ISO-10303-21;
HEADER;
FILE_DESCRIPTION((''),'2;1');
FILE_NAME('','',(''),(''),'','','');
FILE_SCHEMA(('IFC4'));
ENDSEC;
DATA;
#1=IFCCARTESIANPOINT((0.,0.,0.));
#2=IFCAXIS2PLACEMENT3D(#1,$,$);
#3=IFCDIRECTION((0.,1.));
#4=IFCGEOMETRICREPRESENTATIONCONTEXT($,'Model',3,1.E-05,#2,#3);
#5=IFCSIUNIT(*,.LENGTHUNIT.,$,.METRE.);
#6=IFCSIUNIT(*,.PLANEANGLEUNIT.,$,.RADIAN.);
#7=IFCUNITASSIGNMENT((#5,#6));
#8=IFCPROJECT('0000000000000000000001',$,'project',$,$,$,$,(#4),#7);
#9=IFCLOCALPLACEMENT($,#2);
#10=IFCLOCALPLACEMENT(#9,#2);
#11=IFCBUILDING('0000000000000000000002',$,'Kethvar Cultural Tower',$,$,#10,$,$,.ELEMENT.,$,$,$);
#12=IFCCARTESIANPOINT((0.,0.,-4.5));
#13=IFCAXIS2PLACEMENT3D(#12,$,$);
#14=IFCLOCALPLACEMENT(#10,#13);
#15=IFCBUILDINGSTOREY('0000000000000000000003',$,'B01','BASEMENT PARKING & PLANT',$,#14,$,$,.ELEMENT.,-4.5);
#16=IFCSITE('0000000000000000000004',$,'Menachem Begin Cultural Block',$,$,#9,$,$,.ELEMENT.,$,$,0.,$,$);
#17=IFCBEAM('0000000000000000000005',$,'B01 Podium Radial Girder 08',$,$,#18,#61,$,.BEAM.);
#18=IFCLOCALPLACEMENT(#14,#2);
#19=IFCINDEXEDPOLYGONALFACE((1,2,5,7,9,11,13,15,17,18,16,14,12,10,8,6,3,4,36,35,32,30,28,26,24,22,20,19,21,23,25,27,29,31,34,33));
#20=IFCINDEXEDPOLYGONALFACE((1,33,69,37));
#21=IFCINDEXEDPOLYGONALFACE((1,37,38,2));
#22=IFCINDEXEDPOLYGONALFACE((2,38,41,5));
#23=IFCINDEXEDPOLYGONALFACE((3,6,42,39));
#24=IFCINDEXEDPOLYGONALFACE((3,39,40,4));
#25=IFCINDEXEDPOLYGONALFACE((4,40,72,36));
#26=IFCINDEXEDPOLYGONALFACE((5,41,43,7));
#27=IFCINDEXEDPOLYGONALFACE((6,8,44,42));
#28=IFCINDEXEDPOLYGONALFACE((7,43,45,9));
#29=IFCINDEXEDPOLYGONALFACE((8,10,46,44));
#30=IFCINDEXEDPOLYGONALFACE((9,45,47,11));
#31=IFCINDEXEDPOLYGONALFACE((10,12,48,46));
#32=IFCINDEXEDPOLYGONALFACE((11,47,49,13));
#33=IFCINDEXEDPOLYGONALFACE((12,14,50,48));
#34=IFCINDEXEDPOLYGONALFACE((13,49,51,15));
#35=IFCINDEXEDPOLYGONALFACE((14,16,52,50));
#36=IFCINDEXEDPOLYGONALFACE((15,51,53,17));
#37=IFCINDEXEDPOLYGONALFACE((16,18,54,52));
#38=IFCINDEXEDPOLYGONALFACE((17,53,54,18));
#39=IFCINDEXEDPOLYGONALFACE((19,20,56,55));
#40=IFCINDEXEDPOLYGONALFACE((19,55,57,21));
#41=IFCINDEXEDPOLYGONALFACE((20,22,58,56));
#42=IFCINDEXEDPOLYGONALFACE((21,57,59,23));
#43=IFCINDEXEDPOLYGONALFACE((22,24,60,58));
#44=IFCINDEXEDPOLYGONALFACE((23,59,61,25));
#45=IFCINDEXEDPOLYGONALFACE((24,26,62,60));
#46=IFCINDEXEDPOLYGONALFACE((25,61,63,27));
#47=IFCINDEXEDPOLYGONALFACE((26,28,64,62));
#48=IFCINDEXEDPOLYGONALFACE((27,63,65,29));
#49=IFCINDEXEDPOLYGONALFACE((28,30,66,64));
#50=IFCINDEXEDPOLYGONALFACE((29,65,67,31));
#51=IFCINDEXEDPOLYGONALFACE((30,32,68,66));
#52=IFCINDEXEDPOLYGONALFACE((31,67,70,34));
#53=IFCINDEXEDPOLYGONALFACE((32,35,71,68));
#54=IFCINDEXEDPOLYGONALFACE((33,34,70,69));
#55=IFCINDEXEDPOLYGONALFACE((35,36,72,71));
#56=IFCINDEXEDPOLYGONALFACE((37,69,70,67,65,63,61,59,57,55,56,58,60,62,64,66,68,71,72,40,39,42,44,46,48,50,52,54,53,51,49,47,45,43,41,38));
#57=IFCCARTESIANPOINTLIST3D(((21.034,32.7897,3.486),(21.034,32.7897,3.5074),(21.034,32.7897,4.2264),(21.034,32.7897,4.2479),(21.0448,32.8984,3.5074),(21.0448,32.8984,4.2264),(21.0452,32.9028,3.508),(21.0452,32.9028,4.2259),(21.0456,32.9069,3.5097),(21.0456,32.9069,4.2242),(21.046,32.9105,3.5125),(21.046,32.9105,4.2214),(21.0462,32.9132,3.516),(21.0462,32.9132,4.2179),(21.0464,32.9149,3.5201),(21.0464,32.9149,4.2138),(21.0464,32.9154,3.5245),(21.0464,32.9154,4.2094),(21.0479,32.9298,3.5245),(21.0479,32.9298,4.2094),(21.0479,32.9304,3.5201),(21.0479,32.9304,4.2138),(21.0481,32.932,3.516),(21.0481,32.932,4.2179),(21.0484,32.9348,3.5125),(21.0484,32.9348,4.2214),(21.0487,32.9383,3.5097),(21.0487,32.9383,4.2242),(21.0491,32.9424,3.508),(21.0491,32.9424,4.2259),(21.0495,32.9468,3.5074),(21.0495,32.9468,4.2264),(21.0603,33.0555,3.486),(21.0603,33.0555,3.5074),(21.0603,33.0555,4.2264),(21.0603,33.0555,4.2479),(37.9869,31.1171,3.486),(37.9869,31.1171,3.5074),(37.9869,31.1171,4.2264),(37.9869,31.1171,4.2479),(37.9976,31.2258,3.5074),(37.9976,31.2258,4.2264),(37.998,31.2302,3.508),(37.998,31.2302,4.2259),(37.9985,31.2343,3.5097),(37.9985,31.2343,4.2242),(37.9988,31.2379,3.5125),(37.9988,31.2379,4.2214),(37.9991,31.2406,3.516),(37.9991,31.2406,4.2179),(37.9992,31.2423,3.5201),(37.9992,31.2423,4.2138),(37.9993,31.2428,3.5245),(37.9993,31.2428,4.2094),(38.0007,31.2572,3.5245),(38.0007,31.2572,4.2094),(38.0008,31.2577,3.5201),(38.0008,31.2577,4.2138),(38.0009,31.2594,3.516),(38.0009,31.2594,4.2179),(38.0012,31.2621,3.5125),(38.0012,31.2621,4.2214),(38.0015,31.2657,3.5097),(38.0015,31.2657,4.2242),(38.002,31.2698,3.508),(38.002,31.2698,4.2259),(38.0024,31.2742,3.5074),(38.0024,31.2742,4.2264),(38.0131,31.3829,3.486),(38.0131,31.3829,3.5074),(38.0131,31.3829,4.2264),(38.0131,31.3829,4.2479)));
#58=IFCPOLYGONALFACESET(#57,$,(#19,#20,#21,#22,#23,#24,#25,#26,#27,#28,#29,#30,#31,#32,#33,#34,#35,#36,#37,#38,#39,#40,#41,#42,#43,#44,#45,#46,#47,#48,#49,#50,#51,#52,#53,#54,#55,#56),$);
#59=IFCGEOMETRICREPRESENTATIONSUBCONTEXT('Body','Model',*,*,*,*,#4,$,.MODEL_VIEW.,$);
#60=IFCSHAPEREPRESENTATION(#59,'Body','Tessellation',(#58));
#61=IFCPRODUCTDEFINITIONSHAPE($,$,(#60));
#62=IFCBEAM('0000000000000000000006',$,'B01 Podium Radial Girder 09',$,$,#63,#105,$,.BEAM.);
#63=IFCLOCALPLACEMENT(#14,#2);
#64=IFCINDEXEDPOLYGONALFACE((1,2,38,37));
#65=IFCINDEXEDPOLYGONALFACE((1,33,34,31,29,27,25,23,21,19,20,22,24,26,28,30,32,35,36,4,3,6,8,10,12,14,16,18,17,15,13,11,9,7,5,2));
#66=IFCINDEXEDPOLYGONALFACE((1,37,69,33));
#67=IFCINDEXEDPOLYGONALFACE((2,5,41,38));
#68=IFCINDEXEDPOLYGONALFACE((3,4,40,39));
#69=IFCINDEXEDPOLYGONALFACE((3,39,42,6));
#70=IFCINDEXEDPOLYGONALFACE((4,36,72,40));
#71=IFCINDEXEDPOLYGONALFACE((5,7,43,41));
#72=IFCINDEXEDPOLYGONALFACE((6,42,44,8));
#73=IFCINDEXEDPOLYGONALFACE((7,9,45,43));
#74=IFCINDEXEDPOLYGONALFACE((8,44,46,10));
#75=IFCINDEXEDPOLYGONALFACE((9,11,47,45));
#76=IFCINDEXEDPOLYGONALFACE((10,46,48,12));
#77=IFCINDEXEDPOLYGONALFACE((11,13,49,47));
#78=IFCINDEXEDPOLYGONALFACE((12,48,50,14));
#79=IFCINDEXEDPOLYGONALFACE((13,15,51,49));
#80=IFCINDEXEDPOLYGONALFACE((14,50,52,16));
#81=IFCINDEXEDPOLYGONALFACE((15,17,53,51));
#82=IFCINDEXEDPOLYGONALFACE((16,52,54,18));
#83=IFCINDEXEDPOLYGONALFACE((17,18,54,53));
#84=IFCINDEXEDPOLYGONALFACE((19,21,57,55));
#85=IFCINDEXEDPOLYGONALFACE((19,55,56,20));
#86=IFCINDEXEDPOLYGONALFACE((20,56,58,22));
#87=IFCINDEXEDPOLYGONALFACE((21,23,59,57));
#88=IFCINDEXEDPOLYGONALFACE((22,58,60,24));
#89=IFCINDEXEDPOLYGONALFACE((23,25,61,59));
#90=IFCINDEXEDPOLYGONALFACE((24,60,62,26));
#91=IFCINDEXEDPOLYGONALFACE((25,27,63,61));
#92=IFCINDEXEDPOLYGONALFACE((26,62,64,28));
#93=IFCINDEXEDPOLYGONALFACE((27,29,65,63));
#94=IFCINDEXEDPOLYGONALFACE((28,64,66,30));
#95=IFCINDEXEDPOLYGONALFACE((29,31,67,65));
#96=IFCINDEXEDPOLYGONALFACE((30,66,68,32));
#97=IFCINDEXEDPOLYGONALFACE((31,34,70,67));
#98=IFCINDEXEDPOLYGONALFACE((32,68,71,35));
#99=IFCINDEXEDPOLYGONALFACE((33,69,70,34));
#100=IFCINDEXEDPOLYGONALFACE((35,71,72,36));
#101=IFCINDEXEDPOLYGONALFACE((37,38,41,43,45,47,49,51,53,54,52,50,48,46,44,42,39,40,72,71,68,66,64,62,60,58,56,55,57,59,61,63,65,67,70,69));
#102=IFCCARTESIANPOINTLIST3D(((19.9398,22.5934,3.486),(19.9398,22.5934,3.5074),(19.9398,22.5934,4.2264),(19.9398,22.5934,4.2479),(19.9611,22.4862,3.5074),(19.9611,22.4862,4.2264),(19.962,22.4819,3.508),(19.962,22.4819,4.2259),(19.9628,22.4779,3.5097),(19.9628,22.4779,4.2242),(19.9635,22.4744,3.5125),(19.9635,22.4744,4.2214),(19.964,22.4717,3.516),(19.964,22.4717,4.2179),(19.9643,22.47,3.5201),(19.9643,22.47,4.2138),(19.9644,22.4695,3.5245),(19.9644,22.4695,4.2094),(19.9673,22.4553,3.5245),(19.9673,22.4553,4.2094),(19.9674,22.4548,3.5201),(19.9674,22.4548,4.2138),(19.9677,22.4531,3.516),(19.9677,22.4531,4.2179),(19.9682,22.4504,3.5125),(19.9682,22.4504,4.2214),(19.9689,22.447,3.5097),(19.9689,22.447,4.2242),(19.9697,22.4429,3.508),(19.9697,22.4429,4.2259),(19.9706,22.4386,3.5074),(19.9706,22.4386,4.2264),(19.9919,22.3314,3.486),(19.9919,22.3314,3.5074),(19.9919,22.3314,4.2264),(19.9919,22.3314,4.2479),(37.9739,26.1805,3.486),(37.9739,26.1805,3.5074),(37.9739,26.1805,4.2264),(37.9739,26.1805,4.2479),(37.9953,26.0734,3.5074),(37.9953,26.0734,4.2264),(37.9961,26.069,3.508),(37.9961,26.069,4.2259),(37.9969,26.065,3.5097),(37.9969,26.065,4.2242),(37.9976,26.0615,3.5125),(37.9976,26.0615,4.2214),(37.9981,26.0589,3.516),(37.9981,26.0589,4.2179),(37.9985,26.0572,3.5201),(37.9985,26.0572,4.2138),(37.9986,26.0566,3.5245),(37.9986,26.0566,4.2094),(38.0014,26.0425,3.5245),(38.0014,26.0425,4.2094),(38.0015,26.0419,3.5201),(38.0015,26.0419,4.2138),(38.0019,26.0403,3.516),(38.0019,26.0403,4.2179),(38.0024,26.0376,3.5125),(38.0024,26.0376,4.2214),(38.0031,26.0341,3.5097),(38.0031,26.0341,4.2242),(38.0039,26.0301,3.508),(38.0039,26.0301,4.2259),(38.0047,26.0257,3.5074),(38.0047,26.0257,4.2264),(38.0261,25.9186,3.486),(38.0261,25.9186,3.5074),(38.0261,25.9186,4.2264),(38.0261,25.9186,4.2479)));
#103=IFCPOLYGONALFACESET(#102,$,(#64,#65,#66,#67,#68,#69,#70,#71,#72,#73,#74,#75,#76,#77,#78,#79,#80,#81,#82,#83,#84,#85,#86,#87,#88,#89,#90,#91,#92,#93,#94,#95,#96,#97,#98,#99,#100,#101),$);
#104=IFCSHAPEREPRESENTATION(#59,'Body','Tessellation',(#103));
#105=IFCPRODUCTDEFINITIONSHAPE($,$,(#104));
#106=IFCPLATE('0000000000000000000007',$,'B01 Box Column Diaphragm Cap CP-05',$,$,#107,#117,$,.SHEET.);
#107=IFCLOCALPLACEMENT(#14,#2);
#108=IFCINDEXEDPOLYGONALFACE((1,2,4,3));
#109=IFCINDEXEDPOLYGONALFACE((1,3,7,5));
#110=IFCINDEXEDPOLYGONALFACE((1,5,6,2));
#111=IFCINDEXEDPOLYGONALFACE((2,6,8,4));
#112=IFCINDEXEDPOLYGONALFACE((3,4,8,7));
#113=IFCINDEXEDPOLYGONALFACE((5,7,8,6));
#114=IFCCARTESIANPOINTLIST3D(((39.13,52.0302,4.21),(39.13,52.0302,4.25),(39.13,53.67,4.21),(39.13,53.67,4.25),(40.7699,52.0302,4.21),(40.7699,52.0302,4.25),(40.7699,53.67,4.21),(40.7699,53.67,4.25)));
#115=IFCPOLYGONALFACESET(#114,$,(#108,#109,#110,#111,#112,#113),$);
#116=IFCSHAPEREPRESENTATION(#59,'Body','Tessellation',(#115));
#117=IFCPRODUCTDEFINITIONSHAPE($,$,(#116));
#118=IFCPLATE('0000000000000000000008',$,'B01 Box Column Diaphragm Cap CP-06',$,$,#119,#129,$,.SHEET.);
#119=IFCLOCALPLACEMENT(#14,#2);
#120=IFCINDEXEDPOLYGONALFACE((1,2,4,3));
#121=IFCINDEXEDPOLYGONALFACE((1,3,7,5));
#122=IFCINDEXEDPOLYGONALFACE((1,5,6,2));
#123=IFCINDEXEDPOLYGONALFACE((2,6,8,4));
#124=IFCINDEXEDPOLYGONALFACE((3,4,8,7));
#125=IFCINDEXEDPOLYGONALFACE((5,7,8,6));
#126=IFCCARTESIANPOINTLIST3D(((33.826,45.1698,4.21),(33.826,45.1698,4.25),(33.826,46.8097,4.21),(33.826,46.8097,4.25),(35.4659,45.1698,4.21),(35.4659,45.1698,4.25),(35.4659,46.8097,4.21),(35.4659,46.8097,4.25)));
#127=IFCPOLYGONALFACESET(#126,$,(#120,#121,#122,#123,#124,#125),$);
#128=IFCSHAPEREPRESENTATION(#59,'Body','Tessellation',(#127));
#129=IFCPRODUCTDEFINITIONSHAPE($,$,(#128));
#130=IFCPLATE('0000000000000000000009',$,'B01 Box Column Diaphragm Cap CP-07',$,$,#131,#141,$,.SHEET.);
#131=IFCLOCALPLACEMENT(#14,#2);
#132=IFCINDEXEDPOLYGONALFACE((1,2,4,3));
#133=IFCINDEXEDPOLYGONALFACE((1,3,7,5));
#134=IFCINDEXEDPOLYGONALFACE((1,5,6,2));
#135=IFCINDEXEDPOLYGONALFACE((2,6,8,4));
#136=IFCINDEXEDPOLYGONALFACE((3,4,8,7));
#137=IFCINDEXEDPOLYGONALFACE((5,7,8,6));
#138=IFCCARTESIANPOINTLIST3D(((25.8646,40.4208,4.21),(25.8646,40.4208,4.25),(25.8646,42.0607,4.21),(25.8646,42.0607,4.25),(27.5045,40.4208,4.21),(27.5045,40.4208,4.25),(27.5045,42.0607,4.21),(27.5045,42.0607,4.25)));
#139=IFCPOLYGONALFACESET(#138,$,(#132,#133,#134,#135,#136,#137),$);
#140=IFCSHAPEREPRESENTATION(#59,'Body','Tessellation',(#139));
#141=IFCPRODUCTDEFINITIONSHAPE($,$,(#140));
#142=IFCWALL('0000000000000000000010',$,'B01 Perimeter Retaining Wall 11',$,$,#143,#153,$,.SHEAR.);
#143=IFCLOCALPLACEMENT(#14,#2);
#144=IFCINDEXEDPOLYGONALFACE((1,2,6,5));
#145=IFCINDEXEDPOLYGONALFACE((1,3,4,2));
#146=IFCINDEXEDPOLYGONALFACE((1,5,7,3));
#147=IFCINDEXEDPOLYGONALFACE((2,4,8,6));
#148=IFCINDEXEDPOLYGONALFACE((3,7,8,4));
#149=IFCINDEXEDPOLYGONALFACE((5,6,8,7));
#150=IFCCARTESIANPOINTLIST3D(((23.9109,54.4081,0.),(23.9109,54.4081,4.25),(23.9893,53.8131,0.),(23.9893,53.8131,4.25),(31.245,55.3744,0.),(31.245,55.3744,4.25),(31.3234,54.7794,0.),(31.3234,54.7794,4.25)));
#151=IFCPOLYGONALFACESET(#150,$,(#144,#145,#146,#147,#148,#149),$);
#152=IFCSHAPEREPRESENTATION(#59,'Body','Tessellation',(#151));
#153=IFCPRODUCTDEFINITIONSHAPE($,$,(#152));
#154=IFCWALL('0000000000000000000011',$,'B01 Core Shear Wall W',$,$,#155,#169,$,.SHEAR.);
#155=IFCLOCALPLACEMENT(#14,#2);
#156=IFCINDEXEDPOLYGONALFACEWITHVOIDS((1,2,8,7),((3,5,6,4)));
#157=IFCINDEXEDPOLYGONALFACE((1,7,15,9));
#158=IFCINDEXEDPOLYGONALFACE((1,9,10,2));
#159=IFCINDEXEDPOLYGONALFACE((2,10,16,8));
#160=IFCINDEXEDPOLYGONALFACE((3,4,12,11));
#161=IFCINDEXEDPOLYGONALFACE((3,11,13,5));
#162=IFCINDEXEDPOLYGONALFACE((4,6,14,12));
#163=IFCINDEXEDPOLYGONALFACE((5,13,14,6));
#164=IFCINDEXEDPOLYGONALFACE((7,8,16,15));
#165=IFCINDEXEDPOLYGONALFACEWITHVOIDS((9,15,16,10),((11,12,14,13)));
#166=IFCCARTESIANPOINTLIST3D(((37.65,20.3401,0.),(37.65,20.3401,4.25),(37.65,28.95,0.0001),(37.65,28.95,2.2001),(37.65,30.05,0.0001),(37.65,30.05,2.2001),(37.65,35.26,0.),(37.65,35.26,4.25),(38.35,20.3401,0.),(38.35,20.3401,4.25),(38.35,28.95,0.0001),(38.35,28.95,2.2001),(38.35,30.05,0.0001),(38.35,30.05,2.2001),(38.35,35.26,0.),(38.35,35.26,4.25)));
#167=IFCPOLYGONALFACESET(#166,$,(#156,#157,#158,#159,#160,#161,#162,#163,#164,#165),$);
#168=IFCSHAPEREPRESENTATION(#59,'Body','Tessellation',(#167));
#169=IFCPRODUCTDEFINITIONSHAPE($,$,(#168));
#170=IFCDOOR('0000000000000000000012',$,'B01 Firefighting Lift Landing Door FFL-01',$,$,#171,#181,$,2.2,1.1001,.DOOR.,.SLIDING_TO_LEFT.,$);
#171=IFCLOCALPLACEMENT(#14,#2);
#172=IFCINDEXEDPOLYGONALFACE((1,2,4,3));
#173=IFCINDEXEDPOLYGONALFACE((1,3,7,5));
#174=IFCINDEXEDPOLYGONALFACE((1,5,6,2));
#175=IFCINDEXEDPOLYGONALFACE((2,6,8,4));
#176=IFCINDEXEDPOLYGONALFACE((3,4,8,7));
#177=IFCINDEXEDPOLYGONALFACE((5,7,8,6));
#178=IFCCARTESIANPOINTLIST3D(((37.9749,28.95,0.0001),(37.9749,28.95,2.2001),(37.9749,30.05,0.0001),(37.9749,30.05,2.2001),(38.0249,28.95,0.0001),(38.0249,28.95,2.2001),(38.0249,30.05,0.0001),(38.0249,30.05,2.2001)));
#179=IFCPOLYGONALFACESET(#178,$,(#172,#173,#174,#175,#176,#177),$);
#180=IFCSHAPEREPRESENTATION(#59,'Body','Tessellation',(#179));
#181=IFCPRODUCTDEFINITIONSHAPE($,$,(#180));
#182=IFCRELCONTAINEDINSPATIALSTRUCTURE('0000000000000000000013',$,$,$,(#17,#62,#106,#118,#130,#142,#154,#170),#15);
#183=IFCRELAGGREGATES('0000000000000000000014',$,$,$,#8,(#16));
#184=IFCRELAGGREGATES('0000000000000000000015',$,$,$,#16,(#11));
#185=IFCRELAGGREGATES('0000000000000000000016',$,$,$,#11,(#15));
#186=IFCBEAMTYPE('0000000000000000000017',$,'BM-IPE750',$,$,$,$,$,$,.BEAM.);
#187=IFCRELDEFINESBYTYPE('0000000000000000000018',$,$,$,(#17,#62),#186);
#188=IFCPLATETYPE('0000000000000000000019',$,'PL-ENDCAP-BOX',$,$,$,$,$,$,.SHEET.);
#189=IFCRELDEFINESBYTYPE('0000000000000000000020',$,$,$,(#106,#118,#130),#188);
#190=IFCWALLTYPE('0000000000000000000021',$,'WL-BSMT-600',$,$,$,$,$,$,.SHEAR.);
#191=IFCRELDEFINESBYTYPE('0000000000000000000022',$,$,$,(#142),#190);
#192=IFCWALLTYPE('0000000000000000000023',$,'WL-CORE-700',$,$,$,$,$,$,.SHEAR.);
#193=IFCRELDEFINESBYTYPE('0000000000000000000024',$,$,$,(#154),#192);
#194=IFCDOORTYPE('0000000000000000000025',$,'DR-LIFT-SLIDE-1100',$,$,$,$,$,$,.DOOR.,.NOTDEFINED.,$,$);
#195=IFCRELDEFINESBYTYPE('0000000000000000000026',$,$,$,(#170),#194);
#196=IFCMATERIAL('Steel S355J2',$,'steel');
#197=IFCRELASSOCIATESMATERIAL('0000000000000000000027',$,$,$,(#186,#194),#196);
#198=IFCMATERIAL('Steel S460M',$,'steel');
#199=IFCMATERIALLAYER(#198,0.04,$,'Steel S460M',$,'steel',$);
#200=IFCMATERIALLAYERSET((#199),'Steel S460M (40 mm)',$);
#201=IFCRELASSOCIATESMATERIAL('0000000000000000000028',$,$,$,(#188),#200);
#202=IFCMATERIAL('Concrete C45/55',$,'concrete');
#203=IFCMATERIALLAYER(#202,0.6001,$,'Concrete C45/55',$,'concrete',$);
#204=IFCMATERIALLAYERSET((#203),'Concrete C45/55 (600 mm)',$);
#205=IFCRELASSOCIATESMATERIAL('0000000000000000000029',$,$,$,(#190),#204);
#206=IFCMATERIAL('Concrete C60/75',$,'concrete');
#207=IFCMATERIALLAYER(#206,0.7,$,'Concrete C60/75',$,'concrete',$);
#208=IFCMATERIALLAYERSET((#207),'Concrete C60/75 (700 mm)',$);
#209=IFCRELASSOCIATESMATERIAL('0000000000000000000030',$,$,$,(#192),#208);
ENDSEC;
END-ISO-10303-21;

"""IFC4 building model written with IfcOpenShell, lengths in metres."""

from ifc_helpers import new_model, si_unit, direction, frame, frame_2d, origin, origin_2d, place, context, subcontext, project, spatial, rectangle, i_section, extrude, source, transform, mapped, material, layer, layer_set, material_profile, profile_set, type_object, element, fill, save


model = new_model("IFC4")

# Units and contexts
model_context = context("Model", 3, precision=1e-05, world=origin(), true_north=direction((0.0, 1.0)))
body_context = subcontext(model_context, "Body", "Model", "MODEL_VIEW")
ifc_project = project(units=[si_unit("LENGTHUNIT", "METRE"), si_unit("PLANEANGLEUNIT", "RADIAN")], contexts=[model_context])

# Site, building, storey
site_placement = place(None, origin())
site = spatial("IfcSite", under=ifc_project, at=site_placement, Name="Menachem Begin Cultural Block", CompositionType="ELEMENT", RefElevation=0.0)
building_placement = place(site_placement, origin())
building = spatial("IfcBuilding", under=site, at=building_placement, Name="Kethvar Cultural Tower", CompositionType="ELEMENT")
storey_placement = place(building_placement, frame((0.0, 0.0, -4.5)))
storey = spatial("IfcBuildingStorey", under=building, at=storey_placement, Name="B01", Description="BASEMENT PARKING & PLANT", CompositionType="ELEMENT", Elevation=-4.5)

# Shared definitions
ifc_material_1 = material(Name="Steel S460M", Category="steel")

# Beams
ifc_material_2 = material(Name="Steel S355J2", Category="steel")
ifc_material_profile_1 = material_profile(ifc_material_2, i_section(OverallWidth=0.2671, OverallDepth=0.762, WebThickness=0.0144, FlangeThickness=0.0215, FilletRadius=0.0171, at=origin_2d()), Name="Steel S355J2 — IPE750x173")
ifc_profile_set_1 = profile_set([ifc_material_profile_1], Name="Steel S355J2 — IPE750x173")
beam_type_1 = type_object("IfcBeamType", Name="BM-IPE750", PredefinedType="BEAM", material=ifc_profile_set_1)
shared_shape_1 = source(origin(), body_context, "Body", "SweptSolid", [
    extrude(i_section(OverallWidth=0.2671, OverallDepth=0.762, WebThickness=0.0144, FlangeThickness=0.0215, FilletRadius=0.0171, at=origin_2d()), origin(), (0.0, 0.0, 1.0), 17.0352),
])
beam_1_placement = place(storey_placement, frame((38.0, 31.25, 3.8669), z_axis=(-0.995168, 0.098185, 0.0), x_axis=(-0.098185, -0.995168, 0.0)))
element("IfcBeam", 1, at=beam_1_placement, inside=storey, type_object=beam_type_1, Name="B01 Podium Radial Girder 08", PredefinedType="BEAM", context=body_context, shape_type="MappedRepresentation", body=[
    mapped(shared_shape_1, transform((0.0, 0.0, 0.0), scale=1.0)),
])
shared_shape_2 = source(origin(), body_context, "Body", "SweptSolid", [
    extrude(i_section(OverallWidth=0.2671, OverallDepth=0.762, WebThickness=0.0144, FlangeThickness=0.0215, FilletRadius=0.0171, at=origin_2d()), origin(), (0.0, 0.0, 1.0), 18.3875),
])
beam_2_placement = place(storey_placement, frame((38.0, 26.0496, 3.8669), z_axis=(-0.980786, -0.195087, 0.0), x_axis=(0.195087, -0.980786, 0.0)))
element("IfcBeam", 2, at=beam_2_placement, inside=storey, type_object=beam_type_1, Name="B01 Podium Radial Girder 09", PredefinedType="BEAM", context=body_context, shape_type="MappedRepresentation", body=[
    mapped(shared_shape_2, transform((0.0, 0.0, 0.0), scale=1.0)),
])

# Plates
ifc_layer_1 = layer(ifc_material_1, 0.04, Name="Steel S460M", Category="steel")
ifc_layer_set_1 = layer_set([ifc_layer_1], Name="Steel S460M (40 mm)")
plate_type = type_object("IfcPlateType", Name="PL-ENDCAP-BOX", PredefinedType="SHEET", material=ifc_layer_set_1)
shared_shape_3 = source(origin(), body_context, "Body", "SweptSolid", [
    extrude(rectangle(XDim=1.6399, YDim=1.6399, at=origin_2d()), origin(), (0.0, 0.0, 1.0), 0.04),
])
for number, where, z_axis, x_axis, name in (
    (3, (39.95, 52.8501, 4.21), (0.0, 0.0, 1.0), (1.0, 0.0, 0.0), "B01 Box Column Diaphragm Cap CP-05"),
    (4, (34.646, 45.9897, 4.21), (0.0, 0.0, 1.0), (1.0, 0.0, 0.0), "B01 Box Column Diaphragm Cap CP-06"),
    (5, (26.6846, 41.2407, 4.21), (0.0, 0.0, 1.0), (1.0, 0.0, 0.0), "B01 Box Column Diaphragm Cap CP-07"),
):
    element("IfcPlate", number, at=place(storey_placement, frame(where, z_axis=z_axis, x_axis=x_axis)), inside=storey, type_object=plate_type, Name=name, PredefinedType="SHEET", context=body_context, shape_type="MappedRepresentation", body=[
        mapped(shared_shape_3, transform((0.0, 0.0, 0.0), scale=1.0)),
    ])

# Wall
ifc_material_3 = material(Name="Concrete C45/55", Category="concrete")
ifc_layer_2 = layer(ifc_material_3, 0.6001, Name="Concrete C45/55", Category="concrete")
ifc_layer_set_2 = layer_set([ifc_layer_2], Name="Concrete C45/55 (600 mm)")
wall_type_1 = type_object("IfcWallType", Name="WL-BSMT-600", PredefinedType="SHEAR", material=ifc_layer_set_2)
wall_1_placement = place(storey_placement, frame((31.2842, 55.0769, 0.0), z_axis=(0.0, 0.0, 1.0), x_axis=(-0.991431, -0.130629, 0.0)))
element("IfcWall", 6, at=wall_1_placement, inside=storey, type_object=wall_type_1, Name="B01 Perimeter Retaining Wall 11", PredefinedType="SHEAR", context=body_context, shape_type="SweptSolid", body=[
    extrude(rectangle(XDim=7.3975, YDim=0.6001, at=frame_2d((3.6987, 0.0))), origin(), (0.0, 0.0, 1.0), 4.25),
])

# Wall, opening, door
ifc_material_4 = material(Name="Concrete C60/75", Category="concrete")
ifc_layer_3 = layer(ifc_material_4, 0.7, Name="Concrete C60/75", Category="concrete")
ifc_layer_set_3 = layer_set([ifc_layer_3], Name="Concrete C60/75 (700 mm)")
wall_type_2 = type_object("IfcWallType", Name="WL-CORE-700", PredefinedType="SHEAR", material=ifc_layer_set_3)
wall_2_placement = place(storey_placement, frame((38.0, 35.26, 0.0), z_axis=(0.0, 0.0, 1.0), x_axis=(0.0, -1.0, 0.0)))
wall_2 = element("IfcWall", 7, at=wall_2_placement, inside=storey, type_object=wall_type_2, Name="B01 Core Shear Wall W", PredefinedType="SHEAR", context=body_context, shape_type="SweptSolid", body=[
    extrude(rectangle(XDim=14.9199, YDim=0.7, at=frame_2d((7.46, 0.0))), origin(), (0.0, 0.0, 1.0), 4.25),
])
opening_1_placement = place(wall_2_placement, frame((5.21, 0.0, 0.0)))
opening_1 = element("IfcOpeningElement", 8, at=opening_1_placement, cuts=wall_2, PredefinedType="OPENING", context=body_context, shape_type="SweptSolid", body=[
    extrude(rectangle(XDim=1.1001, YDim=2.2, at=frame_2d((0.55, 1.1001))), frame((0.0, 0.3599, 0.0), z_axis=(0.0, -1.0, 0.0), x_axis=(1.0, 0.0, 0.0)), (0.0, 0.0, 1.0), 0.72),
])
door_type_1 = type_object("IfcDoorType", Name="DR-LIFT-SLIDE-1100", OperationType="NOTDEFINED", PredefinedType="DOOR", material=ifc_material_2)
shared_shape_4 = source(origin(), body_context, "Body", "SweptSolid", [
    extrude(rectangle(XDim=1.1001, YDim=2.2, at=frame_2d((0.55, 1.1001))), frame((0.0, 0.0249, 0.0), z_axis=(0.0, -1.0, 0.0), x_axis=(1.0, 0.0, 0.0)), (0.0, 0.0, 1.0), 0.05),
])
door_1_placement = place(opening_1_placement, origin())
door_1 = element("IfcDoor", 9, at=door_1_placement, inside=storey, type_object=door_type_1, Name="B01 Firefighting Lift Landing Door FFL-01", OperationType="SLIDING_TO_LEFT", OverallHeight=2.2, OverallWidth=1.1001, PredefinedType="DOOR", context=body_context, shape_type="MappedRepresentation", body=[
    mapped(shared_shape_4, transform((0.0, 0.0, 0.0), scale=1.0)),
])
fill(opening_1, door_1)

save(model, "model.ifc")
